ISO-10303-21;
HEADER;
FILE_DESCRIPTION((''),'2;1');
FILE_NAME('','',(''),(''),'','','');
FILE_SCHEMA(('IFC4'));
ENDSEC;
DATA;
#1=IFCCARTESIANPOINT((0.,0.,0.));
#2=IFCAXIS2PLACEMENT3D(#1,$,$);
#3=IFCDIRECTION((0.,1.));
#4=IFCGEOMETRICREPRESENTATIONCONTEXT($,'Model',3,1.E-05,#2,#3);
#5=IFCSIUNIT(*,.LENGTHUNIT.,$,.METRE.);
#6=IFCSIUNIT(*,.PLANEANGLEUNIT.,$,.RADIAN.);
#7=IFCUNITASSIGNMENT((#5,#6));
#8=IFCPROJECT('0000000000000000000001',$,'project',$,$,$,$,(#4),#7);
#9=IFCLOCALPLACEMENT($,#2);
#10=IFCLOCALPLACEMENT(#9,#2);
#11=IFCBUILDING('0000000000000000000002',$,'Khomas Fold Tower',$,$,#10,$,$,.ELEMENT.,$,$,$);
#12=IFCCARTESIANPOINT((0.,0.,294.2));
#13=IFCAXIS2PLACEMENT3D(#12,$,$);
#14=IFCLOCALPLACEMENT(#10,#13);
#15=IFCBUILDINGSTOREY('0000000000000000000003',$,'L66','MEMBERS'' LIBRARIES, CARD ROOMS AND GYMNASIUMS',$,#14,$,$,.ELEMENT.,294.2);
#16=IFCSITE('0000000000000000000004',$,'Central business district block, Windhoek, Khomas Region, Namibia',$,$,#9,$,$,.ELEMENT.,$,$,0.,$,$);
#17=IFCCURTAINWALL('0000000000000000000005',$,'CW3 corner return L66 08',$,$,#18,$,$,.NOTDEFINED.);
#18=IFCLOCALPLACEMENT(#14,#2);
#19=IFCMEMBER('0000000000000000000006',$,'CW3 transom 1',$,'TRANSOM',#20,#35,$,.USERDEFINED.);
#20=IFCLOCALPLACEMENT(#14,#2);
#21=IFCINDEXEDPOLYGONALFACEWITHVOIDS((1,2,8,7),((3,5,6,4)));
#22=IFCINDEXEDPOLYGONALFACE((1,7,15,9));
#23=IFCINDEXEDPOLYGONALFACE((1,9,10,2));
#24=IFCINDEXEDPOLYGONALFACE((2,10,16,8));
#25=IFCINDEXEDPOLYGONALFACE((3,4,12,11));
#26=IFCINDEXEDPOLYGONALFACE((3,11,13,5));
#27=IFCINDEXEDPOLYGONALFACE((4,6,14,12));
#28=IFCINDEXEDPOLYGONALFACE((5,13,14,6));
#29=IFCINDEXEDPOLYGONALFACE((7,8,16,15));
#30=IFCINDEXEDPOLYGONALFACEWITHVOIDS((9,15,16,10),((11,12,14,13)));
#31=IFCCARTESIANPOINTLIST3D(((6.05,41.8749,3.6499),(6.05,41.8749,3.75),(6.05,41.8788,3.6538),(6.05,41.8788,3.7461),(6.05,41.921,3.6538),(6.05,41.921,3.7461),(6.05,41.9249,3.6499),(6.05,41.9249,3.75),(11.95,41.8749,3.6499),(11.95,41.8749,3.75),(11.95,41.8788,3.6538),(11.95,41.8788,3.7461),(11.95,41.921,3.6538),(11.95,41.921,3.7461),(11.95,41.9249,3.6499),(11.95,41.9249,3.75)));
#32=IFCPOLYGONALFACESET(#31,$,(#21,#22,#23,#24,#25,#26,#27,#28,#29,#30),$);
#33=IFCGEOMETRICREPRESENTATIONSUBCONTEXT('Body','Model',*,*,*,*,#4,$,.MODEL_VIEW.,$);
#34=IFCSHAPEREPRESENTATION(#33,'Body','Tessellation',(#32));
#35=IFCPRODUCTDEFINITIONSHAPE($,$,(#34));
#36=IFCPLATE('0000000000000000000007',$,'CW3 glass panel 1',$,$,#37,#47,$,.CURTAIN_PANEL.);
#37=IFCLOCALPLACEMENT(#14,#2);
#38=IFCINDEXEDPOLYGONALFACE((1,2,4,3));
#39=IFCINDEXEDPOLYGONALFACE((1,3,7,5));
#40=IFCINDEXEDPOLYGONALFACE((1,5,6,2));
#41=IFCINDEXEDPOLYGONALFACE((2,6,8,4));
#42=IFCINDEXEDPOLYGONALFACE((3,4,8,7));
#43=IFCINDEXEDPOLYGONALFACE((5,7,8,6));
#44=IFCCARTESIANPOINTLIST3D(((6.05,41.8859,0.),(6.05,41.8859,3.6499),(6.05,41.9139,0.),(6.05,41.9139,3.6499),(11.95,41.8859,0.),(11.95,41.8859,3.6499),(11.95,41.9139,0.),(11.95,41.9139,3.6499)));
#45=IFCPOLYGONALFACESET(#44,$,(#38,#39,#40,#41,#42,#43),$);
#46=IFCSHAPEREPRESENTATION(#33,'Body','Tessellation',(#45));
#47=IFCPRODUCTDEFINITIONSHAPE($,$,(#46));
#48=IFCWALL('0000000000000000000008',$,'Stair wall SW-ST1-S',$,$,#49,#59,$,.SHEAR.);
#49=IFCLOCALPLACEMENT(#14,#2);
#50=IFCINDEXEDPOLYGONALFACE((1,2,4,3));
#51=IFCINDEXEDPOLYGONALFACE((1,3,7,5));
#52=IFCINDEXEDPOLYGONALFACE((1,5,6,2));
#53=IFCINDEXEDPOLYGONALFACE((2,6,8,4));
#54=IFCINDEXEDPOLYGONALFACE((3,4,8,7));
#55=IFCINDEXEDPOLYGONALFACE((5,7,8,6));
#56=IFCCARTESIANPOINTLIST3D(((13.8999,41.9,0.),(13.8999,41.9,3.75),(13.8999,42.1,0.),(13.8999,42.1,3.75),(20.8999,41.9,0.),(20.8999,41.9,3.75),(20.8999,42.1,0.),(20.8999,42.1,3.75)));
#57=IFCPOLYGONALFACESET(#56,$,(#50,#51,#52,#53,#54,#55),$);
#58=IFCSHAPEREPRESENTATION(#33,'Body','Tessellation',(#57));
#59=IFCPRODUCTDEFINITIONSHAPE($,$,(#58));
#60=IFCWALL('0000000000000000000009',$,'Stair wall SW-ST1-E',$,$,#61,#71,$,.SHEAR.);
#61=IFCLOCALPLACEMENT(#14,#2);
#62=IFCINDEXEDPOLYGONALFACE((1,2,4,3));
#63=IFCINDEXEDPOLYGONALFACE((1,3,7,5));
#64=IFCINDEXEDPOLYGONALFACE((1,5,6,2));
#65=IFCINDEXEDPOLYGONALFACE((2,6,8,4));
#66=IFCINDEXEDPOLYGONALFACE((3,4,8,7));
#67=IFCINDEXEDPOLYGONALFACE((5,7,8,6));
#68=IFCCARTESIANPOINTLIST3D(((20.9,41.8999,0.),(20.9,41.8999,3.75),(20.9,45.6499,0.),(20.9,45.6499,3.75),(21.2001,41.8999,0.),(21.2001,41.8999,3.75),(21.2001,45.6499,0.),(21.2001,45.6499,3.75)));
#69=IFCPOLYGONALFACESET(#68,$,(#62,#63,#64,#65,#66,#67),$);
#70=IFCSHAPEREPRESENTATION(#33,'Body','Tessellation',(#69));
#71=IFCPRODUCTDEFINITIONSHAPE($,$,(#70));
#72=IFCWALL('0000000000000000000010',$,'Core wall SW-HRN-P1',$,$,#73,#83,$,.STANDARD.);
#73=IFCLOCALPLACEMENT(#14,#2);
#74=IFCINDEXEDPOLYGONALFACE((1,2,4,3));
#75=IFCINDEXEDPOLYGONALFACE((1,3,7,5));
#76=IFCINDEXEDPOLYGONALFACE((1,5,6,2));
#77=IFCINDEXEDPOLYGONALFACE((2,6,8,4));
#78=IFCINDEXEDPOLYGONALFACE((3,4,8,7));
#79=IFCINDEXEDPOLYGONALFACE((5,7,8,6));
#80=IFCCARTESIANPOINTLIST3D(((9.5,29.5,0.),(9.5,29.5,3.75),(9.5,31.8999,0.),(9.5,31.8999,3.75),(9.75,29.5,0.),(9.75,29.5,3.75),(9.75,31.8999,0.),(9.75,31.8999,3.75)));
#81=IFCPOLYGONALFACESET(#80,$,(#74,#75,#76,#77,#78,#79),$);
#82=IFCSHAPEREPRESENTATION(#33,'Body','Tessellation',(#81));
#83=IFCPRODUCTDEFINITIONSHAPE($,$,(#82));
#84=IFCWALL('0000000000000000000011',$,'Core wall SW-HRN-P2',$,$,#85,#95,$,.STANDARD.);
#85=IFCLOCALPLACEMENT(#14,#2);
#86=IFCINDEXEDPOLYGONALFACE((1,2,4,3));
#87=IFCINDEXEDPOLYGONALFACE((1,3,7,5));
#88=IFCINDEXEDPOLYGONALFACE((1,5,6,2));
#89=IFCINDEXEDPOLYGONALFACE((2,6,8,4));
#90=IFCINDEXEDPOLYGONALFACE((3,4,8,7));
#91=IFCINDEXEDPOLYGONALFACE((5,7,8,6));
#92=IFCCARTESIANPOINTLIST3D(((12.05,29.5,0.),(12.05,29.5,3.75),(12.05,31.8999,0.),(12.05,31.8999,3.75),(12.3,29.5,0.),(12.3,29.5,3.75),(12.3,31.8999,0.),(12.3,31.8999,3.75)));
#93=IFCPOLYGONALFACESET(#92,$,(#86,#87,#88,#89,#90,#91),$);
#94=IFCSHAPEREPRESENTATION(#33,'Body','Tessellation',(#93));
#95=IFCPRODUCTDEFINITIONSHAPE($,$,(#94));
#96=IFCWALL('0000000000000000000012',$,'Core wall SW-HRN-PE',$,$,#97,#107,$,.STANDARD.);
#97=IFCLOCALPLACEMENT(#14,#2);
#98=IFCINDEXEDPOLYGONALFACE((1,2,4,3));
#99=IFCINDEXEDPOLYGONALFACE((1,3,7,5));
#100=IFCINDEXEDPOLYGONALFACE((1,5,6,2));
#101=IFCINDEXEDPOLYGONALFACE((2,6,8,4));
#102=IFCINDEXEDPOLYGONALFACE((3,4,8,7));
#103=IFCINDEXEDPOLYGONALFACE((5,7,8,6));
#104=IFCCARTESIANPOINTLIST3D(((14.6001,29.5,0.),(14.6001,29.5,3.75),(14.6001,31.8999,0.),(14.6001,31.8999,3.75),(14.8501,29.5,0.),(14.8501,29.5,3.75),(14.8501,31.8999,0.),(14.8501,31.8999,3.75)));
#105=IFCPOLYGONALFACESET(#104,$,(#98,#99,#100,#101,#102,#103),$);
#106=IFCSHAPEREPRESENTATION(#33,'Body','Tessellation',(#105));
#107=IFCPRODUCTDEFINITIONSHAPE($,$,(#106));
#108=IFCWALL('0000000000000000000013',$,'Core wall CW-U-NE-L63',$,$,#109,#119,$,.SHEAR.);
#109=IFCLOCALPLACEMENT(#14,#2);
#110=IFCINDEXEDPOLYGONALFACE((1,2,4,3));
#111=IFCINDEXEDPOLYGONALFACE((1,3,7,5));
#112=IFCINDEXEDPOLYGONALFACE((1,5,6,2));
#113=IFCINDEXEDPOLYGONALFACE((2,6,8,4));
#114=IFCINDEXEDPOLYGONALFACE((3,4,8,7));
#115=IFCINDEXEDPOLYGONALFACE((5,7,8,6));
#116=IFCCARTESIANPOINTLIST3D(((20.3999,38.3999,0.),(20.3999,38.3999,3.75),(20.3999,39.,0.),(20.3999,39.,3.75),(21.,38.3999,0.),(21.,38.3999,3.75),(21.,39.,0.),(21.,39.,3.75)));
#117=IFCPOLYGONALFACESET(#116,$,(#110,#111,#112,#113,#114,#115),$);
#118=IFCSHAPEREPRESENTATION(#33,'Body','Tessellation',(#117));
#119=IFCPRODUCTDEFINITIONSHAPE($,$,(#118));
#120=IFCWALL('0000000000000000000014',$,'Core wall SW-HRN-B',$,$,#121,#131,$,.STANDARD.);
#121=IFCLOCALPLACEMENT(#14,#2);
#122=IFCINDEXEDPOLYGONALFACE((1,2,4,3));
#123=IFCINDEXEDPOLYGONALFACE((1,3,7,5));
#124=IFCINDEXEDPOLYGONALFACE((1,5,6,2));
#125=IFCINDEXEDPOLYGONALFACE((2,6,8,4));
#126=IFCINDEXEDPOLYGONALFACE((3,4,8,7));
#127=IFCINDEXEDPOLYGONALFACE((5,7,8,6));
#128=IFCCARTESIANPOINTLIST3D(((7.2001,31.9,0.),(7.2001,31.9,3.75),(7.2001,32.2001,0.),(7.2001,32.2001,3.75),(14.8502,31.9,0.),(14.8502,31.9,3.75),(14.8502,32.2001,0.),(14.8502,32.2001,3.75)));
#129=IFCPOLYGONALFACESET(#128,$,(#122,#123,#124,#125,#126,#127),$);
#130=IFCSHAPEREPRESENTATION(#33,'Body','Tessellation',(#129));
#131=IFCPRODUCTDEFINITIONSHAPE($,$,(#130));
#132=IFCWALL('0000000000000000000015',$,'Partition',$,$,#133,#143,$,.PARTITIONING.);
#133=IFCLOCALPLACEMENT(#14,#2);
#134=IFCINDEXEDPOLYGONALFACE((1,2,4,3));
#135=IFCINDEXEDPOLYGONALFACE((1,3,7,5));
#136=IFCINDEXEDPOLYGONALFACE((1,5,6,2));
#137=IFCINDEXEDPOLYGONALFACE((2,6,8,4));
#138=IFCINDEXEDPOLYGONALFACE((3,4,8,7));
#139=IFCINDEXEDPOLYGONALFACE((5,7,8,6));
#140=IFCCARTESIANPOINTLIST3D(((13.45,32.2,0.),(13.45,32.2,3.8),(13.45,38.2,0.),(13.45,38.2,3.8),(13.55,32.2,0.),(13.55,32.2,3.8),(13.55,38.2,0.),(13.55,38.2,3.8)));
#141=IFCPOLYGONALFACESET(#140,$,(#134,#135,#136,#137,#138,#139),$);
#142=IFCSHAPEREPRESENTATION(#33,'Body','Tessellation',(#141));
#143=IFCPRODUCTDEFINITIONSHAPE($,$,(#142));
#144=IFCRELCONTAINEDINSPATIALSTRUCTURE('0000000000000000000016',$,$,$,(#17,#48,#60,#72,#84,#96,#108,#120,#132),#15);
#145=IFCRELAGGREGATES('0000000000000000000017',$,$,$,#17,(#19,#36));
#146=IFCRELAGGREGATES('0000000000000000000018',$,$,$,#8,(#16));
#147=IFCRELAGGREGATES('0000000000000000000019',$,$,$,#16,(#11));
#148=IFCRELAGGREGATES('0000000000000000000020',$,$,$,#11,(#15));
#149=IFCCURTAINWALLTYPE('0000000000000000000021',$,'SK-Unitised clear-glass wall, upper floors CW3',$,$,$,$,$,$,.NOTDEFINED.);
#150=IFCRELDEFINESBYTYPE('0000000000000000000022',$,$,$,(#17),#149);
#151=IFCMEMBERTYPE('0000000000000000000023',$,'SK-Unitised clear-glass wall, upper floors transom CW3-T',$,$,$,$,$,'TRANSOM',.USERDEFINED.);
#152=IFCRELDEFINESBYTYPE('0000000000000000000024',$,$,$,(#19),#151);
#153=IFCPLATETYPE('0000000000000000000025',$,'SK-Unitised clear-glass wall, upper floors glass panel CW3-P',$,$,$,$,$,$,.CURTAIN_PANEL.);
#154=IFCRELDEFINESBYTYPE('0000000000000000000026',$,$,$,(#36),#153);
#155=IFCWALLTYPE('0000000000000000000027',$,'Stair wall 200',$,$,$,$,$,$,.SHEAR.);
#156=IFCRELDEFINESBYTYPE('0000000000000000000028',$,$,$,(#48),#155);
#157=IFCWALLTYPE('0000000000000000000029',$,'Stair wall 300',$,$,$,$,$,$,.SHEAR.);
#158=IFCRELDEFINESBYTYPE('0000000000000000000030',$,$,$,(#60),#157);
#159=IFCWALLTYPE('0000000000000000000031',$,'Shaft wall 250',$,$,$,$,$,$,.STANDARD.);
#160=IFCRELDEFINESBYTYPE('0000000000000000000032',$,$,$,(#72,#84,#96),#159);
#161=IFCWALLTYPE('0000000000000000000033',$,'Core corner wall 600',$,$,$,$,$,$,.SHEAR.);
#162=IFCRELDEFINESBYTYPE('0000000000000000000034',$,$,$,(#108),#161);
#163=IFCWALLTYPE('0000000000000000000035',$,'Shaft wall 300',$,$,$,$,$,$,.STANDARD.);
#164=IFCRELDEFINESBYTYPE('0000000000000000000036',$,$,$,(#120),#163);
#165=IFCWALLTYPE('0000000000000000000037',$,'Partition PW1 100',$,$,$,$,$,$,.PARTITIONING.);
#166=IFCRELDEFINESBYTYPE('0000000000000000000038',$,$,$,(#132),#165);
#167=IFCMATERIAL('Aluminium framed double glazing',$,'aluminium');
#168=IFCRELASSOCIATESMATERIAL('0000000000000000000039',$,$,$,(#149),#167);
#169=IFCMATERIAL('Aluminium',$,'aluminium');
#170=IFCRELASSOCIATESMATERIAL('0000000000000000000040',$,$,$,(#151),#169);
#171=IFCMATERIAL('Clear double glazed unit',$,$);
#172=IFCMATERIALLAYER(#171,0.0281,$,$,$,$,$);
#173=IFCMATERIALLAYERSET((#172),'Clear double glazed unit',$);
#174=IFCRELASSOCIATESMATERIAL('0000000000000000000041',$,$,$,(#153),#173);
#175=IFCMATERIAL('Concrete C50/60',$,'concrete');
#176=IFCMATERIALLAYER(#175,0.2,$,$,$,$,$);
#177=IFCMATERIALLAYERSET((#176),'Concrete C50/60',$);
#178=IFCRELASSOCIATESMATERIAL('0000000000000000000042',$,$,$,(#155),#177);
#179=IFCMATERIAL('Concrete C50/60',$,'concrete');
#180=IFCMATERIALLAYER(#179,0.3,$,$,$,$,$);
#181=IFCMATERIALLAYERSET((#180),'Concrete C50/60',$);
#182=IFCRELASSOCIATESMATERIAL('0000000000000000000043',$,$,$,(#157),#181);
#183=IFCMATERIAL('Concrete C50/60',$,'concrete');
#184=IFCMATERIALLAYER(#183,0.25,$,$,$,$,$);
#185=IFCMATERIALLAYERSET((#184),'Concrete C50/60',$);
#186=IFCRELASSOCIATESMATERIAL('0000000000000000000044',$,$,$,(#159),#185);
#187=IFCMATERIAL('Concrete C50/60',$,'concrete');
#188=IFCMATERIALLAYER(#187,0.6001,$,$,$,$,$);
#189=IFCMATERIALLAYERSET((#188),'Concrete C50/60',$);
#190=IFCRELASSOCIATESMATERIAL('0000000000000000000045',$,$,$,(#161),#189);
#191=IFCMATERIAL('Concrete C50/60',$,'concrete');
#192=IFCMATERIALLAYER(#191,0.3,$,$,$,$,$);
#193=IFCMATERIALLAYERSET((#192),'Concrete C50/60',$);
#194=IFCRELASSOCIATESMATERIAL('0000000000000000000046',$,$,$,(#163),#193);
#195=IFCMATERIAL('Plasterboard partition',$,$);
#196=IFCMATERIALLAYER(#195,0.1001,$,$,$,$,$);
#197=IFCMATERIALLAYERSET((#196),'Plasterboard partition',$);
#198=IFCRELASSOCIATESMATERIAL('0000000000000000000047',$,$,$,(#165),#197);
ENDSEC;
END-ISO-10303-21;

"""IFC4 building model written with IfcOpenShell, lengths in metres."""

from ifc_helpers import new_model, si_unit, direction, frame, frame_2d, origin, origin_2d, place, context, subcontext, project, spatial, rectangle, hollow_rectangle, extrude, source, transform, mapped, material, layer, layer_set, material_profile, profile_set, type_object, element, aggregate, save


model = new_model("IFC4")

# Units and contexts
model_context = context("Model", 3, precision=1e-05, world=origin(), true_north=direction((0.0, 1.0)))
body_context = subcontext(model_context, "Body", "Model", "MODEL_VIEW")
ifc_project = project(units=[si_unit("LENGTHUNIT", "METRE"), si_unit("PLANEANGLEUNIT", "RADIAN")], contexts=[model_context])

# Site, building, storey
site_placement = place(None, origin())
site = spatial("IfcSite", under=ifc_project, at=site_placement, Name="Central business district block, Windhoek, Khomas Region, Namibia", CompositionType="ELEMENT", RefElevation=0.0)
building_placement = place(site_placement, origin())
building = spatial("IfcBuilding", under=site, at=building_placement, Name="Khomas Fold Tower", CompositionType="ELEMENT")
storey_placement = place(building_placement, frame((0.0, 0.0, 294.2)))
storey = spatial("IfcBuildingStorey", under=building, at=storey_placement, Name="L66", Description="MEMBERS' LIBRARIES, CARD ROOMS AND GYMNASIUMS", CompositionType="ELEMENT", Elevation=294.2)

# Curtain wall, member, plate
ifc_material_1 = material(Name="Aluminium framed double glazing", Category="aluminium")
curtain_wall_type = type_object("IfcCurtainWallType", Name="SK-Unitised clear-glass wall, upper floors CW3", PredefinedType="NOTDEFINED", material=ifc_material_1)
curtain_wall_placement = place(storey_placement, origin())
curtain_wall = element("IfcCurtainWall", 1, at=curtain_wall_placement, inside=storey, type_object=curtain_wall_type, Name="CW3 corner return L66 08", PredefinedType="NOTDEFINED")
ifc_material_2 = material(Name="Aluminium", Category="aluminium")
ifc_material_profile_1 = material_profile(ifc_material_2, hollow_rectangle(XDim=0.05, YDim=0.1001, WallThickness=0.0039, at=origin_2d()), Name="SK-Unitised clear-glass wall, upper floors transom CW3-T")
ifc_profile_set_1 = profile_set([ifc_material_profile_1], Name="Aluminium")
member_type_1 = type_object("IfcMemberType", Name="SK-Unitised clear-glass wall, upper floors transom CW3-T", ElementType="TRANSOM", PredefinedType="USERDEFINED", material=ifc_profile_set_1)
shared_shape_1 = source(origin(), body_context, "Body", "SweptSolid", [
    extrude(hollow_rectangle(XDim=0.05, YDim=0.1001, WallThickness=0.0039, at=origin_2d()), origin(), (0.0, 0.0, 1.0), 5.8999),
])
member_1_placement = place(storey_placement, frame((11.95, 41.8999, 3.7), z_axis=(-1.0, 0.0, 0.0), x_axis=(0.0, -1.0, 0.0)))
member_1 = element("IfcMember", 2, at=member_1_placement, type_object=member_type_1, Name="CW3 transom 1", ObjectType="TRANSOM", PredefinedType="USERDEFINED", context=body_context, shape_type="MappedRepresentation", body=[
    mapped(shared_shape_1, transform((0.0, 0.0, 0.0))),
])
ifc_material_3 = material(Name="Clear double glazed unit")
ifc_layer_1 = layer(ifc_material_3, 0.0281)
ifc_layer_set_1 = layer_set([ifc_layer_1], Name="Clear double glazed unit")
plate_type = type_object("IfcPlateType", Name="SK-Unitised clear-glass wall, upper floors glass panel CW3-P", PredefinedType="CURTAIN_PANEL", material=ifc_layer_set_1)
shared_shape_2 = source(origin(), body_context, "Body", "SweptSolid", [
    extrude(rectangle(XDim=5.8999, YDim=0.0281, at=origin_2d()), origin(), (0.0, 0.0, 1.0), 3.6499),
])
plate_placement = place(storey_placement, frame((9.0, 41.8999, 0.0), z_axis=(0.0, 0.0, 1.0), x_axis=(-1.0, 0.0, 0.0)))
plate = element("IfcPlate", 3, at=plate_placement, type_object=plate_type, Name="CW3 glass panel 1", PredefinedType="CURTAIN_PANEL", context=body_context, shape_type="MappedRepresentation", body=[
    mapped(shared_shape_2, transform((0.0, 0.0, 0.0))),
])
aggregate(curtain_wall, [member_1, plate])

# Walls
ifc_material_4 = material(Name="Concrete C50/60", Category="concrete")
ifc_layer_2 = layer(ifc_material_4, 0.2)
ifc_layer_set_2 = layer_set([ifc_layer_2], Name="Concrete C50/60")
wall_type_1 = type_object("IfcWallType", Name="Stair wall 200", PredefinedType="SHEAR", material=ifc_layer_set_2)
shared_shape_3 = source(origin(), body_context, "Body", "SweptSolid", [
    extrude(rectangle(XDim=7.0, YDim=0.2, at=frame_2d((3.5, 0.0))), origin(), (0.0, 0.0, 1.0), 3.75),
])
wall_1_placement = place(storey_placement, frame((13.8999, 42.0, 0.0), z_axis=(0.0, 0.0, 1.0), x_axis=(1.0, 0.0, 0.0)))
element("IfcWall", 4, at=wall_1_placement, inside=storey, type_object=wall_type_1, Name="Stair wall SW-ST1-S", PredefinedType="SHEAR", context=body_context, shape_type="MappedRepresentation", body=[
    mapped(shared_shape_3, transform((0.0, 0.0, 0.0))),
])
ifc_material_5 = material(Name="Concrete C50/60", Category="concrete")
ifc_layer_3 = layer(ifc_material_5, 0.3)
ifc_layer_set_3 = layer_set([ifc_layer_3], Name="Concrete C50/60")
wall_type_2 = type_object("IfcWallType", Name="Stair wall 300", PredefinedType="SHEAR", material=ifc_layer_set_3)
shared_shape_4 = source(origin(), body_context, "Body", "SweptSolid", [
    extrude(rectangle(XDim=3.75, YDim=0.3, at=frame_2d((1.875, 0.0))), origin(), (0.0, 0.0, 1.0), 3.75),
])
wall_2_placement = place(storey_placement, frame((21.05, 41.8999, 0.0), z_axis=(0.0, 0.0, 1.0), x_axis=(0.0, 1.0, 0.0)))
element("IfcWall", 5, at=wall_2_placement, inside=storey, type_object=wall_type_2, Name="Stair wall SW-ST1-E", PredefinedType="SHEAR", context=body_context, shape_type="MappedRepresentation", body=[
    mapped(shared_shape_4, transform((0.0, 0.0, 0.0))),
])
ifc_material_6 = material(Name="Concrete C50/60", Category="concrete")
ifc_layer_4 = layer(ifc_material_6, 0.25)
ifc_layer_set_4 = layer_set([ifc_layer_4], Name="Concrete C50/60")
wall_type_3 = type_object("IfcWallType", Name="Shaft wall 250", PredefinedType="STANDARD", material=ifc_layer_set_4)
shared_shape_5 = source(origin(), body_context, "Body", "SweptSolid", [
    extrude(rectangle(XDim=2.3999, YDim=0.25, at=frame_2d((1.2, 0.0))), origin(), (0.0, 0.0, 1.0), 3.75),
])
for number, where, z_axis, x_axis, name in (
    (6, (9.625, 29.5, 0.0), (0.0, 0.0, 1.0), (0.0, 1.0, 0.0), "Core wall SW-HRN-P1"),
    (7, (12.175, 29.5, 0.0), (0.0, 0.0, 1.0), (0.0, 1.0, 0.0), "Core wall SW-HRN-P2"),
    (8, (14.7251, 29.5, 0.0), (0.0, 0.0, 1.0), (0.0, 1.0, 0.0), "Core wall SW-HRN-PE"),
):
    element("IfcWall", number, at=place(storey_placement, frame(where, z_axis=z_axis, x_axis=x_axis)), inside=storey, type_object=wall_type_3, Name=name, PredefinedType="STANDARD", context=body_context, shape_type="MappedRepresentation", body=[
        mapped(shared_shape_5, transform((0.0, 0.0, 0.0))),
    ])
ifc_material_7 = material(Name="Concrete C50/60", Category="concrete")
ifc_layer_5 = layer(ifc_material_7, 0.6001)
ifc_layer_set_5 = layer_set([ifc_layer_5], Name="Concrete C50/60")
wall_type_4 = type_object("IfcWallType", Name="Core corner wall 600", PredefinedType="SHEAR", material=ifc_layer_set_5)
shared_shape_6 = source(origin(), body_context, "Body", "SweptSolid", [
    extrude(rectangle(XDim=0.6001, YDim=0.6001, at=frame_2d((0.3, 0.0))), origin(), (0.0, 0.0, 1.0), 3.75),
])
wall_3_placement = place(storey_placement, frame((20.3999, 38.7, 0.0), z_axis=(0.0, 0.0, 1.0), x_axis=(1.0, 0.0, 0.0)))
element("IfcWall", 9, at=wall_3_placement, inside=storey, type_object=wall_type_4, Name="Core wall CW-U-NE-L63", PredefinedType="SHEAR", context=body_context, shape_type="MappedRepresentation", body=[
    mapped(shared_shape_6, transform((0.0, 0.0, 0.0))),
])
ifc_material_8 = material(Name="Concrete C50/60", Category="concrete")
ifc_layer_6 = layer(ifc_material_8, 0.3)
ifc_layer_set_6 = layer_set([ifc_layer_6], Name="Concrete C50/60")
wall_type_5 = type_object("IfcWallType", Name="Shaft wall 300", PredefinedType="STANDARD", material=ifc_layer_set_6)
shared_shape_7 = source(origin(), body_context, "Body", "SweptSolid", [
    extrude(rectangle(XDim=7.6501, YDim=0.3, at=frame_2d((3.8252, 0.0))), origin(), (0.0, 0.0, 1.0), 3.75),
])
wall_4_placement = place(storey_placement, frame((7.2, 32.05, 0.0), z_axis=(0.0, 0.0, 1.0), x_axis=(1.0, 0.0, 0.0)))
element("IfcWall", 10, at=wall_4_placement, inside=storey, type_object=wall_type_5, Name="Core wall SW-HRN-B", PredefinedType="STANDARD", context=body_context, shape_type="MappedRepresentation", body=[
    mapped(shared_shape_7, transform((0.0, 0.0, 0.0))),
])
ifc_material_9 = material(Name="Plasterboard partition")
ifc_layer_7 = layer(ifc_material_9, 0.1001)
ifc_layer_set_7 = layer_set([ifc_layer_7], Name="Plasterboard partition")
wall_type_6 = type_object("IfcWallType", Name="Partition PW1 100", PredefinedType="PARTITIONING", material=ifc_layer_set_7)
shared_shape_8 = source(origin(), body_context, "Body", "SweptSolid", [
    extrude(rectangle(XDim=6.0, YDim=0.1001, at=frame_2d((3.0, 0.0))), origin(), (0.0, 0.0, 1.0), 3.8),
])
wall_5_placement = place(storey_placement, frame((13.5, 32.2, 0.0), z_axis=(0.0, 0.0, 1.0), x_axis=(0.0, 1.0, 0.0)))
element("IfcWall", 11, at=wall_5_placement, inside=storey, type_object=wall_type_6, Name="Partition", PredefinedType="PARTITIONING", context=body_context, shape_type="MappedRepresentation", body=[
    mapped(shared_shape_8, transform((0.0, 0.0, 0.0))),
])

save(model, "model.ifc")
